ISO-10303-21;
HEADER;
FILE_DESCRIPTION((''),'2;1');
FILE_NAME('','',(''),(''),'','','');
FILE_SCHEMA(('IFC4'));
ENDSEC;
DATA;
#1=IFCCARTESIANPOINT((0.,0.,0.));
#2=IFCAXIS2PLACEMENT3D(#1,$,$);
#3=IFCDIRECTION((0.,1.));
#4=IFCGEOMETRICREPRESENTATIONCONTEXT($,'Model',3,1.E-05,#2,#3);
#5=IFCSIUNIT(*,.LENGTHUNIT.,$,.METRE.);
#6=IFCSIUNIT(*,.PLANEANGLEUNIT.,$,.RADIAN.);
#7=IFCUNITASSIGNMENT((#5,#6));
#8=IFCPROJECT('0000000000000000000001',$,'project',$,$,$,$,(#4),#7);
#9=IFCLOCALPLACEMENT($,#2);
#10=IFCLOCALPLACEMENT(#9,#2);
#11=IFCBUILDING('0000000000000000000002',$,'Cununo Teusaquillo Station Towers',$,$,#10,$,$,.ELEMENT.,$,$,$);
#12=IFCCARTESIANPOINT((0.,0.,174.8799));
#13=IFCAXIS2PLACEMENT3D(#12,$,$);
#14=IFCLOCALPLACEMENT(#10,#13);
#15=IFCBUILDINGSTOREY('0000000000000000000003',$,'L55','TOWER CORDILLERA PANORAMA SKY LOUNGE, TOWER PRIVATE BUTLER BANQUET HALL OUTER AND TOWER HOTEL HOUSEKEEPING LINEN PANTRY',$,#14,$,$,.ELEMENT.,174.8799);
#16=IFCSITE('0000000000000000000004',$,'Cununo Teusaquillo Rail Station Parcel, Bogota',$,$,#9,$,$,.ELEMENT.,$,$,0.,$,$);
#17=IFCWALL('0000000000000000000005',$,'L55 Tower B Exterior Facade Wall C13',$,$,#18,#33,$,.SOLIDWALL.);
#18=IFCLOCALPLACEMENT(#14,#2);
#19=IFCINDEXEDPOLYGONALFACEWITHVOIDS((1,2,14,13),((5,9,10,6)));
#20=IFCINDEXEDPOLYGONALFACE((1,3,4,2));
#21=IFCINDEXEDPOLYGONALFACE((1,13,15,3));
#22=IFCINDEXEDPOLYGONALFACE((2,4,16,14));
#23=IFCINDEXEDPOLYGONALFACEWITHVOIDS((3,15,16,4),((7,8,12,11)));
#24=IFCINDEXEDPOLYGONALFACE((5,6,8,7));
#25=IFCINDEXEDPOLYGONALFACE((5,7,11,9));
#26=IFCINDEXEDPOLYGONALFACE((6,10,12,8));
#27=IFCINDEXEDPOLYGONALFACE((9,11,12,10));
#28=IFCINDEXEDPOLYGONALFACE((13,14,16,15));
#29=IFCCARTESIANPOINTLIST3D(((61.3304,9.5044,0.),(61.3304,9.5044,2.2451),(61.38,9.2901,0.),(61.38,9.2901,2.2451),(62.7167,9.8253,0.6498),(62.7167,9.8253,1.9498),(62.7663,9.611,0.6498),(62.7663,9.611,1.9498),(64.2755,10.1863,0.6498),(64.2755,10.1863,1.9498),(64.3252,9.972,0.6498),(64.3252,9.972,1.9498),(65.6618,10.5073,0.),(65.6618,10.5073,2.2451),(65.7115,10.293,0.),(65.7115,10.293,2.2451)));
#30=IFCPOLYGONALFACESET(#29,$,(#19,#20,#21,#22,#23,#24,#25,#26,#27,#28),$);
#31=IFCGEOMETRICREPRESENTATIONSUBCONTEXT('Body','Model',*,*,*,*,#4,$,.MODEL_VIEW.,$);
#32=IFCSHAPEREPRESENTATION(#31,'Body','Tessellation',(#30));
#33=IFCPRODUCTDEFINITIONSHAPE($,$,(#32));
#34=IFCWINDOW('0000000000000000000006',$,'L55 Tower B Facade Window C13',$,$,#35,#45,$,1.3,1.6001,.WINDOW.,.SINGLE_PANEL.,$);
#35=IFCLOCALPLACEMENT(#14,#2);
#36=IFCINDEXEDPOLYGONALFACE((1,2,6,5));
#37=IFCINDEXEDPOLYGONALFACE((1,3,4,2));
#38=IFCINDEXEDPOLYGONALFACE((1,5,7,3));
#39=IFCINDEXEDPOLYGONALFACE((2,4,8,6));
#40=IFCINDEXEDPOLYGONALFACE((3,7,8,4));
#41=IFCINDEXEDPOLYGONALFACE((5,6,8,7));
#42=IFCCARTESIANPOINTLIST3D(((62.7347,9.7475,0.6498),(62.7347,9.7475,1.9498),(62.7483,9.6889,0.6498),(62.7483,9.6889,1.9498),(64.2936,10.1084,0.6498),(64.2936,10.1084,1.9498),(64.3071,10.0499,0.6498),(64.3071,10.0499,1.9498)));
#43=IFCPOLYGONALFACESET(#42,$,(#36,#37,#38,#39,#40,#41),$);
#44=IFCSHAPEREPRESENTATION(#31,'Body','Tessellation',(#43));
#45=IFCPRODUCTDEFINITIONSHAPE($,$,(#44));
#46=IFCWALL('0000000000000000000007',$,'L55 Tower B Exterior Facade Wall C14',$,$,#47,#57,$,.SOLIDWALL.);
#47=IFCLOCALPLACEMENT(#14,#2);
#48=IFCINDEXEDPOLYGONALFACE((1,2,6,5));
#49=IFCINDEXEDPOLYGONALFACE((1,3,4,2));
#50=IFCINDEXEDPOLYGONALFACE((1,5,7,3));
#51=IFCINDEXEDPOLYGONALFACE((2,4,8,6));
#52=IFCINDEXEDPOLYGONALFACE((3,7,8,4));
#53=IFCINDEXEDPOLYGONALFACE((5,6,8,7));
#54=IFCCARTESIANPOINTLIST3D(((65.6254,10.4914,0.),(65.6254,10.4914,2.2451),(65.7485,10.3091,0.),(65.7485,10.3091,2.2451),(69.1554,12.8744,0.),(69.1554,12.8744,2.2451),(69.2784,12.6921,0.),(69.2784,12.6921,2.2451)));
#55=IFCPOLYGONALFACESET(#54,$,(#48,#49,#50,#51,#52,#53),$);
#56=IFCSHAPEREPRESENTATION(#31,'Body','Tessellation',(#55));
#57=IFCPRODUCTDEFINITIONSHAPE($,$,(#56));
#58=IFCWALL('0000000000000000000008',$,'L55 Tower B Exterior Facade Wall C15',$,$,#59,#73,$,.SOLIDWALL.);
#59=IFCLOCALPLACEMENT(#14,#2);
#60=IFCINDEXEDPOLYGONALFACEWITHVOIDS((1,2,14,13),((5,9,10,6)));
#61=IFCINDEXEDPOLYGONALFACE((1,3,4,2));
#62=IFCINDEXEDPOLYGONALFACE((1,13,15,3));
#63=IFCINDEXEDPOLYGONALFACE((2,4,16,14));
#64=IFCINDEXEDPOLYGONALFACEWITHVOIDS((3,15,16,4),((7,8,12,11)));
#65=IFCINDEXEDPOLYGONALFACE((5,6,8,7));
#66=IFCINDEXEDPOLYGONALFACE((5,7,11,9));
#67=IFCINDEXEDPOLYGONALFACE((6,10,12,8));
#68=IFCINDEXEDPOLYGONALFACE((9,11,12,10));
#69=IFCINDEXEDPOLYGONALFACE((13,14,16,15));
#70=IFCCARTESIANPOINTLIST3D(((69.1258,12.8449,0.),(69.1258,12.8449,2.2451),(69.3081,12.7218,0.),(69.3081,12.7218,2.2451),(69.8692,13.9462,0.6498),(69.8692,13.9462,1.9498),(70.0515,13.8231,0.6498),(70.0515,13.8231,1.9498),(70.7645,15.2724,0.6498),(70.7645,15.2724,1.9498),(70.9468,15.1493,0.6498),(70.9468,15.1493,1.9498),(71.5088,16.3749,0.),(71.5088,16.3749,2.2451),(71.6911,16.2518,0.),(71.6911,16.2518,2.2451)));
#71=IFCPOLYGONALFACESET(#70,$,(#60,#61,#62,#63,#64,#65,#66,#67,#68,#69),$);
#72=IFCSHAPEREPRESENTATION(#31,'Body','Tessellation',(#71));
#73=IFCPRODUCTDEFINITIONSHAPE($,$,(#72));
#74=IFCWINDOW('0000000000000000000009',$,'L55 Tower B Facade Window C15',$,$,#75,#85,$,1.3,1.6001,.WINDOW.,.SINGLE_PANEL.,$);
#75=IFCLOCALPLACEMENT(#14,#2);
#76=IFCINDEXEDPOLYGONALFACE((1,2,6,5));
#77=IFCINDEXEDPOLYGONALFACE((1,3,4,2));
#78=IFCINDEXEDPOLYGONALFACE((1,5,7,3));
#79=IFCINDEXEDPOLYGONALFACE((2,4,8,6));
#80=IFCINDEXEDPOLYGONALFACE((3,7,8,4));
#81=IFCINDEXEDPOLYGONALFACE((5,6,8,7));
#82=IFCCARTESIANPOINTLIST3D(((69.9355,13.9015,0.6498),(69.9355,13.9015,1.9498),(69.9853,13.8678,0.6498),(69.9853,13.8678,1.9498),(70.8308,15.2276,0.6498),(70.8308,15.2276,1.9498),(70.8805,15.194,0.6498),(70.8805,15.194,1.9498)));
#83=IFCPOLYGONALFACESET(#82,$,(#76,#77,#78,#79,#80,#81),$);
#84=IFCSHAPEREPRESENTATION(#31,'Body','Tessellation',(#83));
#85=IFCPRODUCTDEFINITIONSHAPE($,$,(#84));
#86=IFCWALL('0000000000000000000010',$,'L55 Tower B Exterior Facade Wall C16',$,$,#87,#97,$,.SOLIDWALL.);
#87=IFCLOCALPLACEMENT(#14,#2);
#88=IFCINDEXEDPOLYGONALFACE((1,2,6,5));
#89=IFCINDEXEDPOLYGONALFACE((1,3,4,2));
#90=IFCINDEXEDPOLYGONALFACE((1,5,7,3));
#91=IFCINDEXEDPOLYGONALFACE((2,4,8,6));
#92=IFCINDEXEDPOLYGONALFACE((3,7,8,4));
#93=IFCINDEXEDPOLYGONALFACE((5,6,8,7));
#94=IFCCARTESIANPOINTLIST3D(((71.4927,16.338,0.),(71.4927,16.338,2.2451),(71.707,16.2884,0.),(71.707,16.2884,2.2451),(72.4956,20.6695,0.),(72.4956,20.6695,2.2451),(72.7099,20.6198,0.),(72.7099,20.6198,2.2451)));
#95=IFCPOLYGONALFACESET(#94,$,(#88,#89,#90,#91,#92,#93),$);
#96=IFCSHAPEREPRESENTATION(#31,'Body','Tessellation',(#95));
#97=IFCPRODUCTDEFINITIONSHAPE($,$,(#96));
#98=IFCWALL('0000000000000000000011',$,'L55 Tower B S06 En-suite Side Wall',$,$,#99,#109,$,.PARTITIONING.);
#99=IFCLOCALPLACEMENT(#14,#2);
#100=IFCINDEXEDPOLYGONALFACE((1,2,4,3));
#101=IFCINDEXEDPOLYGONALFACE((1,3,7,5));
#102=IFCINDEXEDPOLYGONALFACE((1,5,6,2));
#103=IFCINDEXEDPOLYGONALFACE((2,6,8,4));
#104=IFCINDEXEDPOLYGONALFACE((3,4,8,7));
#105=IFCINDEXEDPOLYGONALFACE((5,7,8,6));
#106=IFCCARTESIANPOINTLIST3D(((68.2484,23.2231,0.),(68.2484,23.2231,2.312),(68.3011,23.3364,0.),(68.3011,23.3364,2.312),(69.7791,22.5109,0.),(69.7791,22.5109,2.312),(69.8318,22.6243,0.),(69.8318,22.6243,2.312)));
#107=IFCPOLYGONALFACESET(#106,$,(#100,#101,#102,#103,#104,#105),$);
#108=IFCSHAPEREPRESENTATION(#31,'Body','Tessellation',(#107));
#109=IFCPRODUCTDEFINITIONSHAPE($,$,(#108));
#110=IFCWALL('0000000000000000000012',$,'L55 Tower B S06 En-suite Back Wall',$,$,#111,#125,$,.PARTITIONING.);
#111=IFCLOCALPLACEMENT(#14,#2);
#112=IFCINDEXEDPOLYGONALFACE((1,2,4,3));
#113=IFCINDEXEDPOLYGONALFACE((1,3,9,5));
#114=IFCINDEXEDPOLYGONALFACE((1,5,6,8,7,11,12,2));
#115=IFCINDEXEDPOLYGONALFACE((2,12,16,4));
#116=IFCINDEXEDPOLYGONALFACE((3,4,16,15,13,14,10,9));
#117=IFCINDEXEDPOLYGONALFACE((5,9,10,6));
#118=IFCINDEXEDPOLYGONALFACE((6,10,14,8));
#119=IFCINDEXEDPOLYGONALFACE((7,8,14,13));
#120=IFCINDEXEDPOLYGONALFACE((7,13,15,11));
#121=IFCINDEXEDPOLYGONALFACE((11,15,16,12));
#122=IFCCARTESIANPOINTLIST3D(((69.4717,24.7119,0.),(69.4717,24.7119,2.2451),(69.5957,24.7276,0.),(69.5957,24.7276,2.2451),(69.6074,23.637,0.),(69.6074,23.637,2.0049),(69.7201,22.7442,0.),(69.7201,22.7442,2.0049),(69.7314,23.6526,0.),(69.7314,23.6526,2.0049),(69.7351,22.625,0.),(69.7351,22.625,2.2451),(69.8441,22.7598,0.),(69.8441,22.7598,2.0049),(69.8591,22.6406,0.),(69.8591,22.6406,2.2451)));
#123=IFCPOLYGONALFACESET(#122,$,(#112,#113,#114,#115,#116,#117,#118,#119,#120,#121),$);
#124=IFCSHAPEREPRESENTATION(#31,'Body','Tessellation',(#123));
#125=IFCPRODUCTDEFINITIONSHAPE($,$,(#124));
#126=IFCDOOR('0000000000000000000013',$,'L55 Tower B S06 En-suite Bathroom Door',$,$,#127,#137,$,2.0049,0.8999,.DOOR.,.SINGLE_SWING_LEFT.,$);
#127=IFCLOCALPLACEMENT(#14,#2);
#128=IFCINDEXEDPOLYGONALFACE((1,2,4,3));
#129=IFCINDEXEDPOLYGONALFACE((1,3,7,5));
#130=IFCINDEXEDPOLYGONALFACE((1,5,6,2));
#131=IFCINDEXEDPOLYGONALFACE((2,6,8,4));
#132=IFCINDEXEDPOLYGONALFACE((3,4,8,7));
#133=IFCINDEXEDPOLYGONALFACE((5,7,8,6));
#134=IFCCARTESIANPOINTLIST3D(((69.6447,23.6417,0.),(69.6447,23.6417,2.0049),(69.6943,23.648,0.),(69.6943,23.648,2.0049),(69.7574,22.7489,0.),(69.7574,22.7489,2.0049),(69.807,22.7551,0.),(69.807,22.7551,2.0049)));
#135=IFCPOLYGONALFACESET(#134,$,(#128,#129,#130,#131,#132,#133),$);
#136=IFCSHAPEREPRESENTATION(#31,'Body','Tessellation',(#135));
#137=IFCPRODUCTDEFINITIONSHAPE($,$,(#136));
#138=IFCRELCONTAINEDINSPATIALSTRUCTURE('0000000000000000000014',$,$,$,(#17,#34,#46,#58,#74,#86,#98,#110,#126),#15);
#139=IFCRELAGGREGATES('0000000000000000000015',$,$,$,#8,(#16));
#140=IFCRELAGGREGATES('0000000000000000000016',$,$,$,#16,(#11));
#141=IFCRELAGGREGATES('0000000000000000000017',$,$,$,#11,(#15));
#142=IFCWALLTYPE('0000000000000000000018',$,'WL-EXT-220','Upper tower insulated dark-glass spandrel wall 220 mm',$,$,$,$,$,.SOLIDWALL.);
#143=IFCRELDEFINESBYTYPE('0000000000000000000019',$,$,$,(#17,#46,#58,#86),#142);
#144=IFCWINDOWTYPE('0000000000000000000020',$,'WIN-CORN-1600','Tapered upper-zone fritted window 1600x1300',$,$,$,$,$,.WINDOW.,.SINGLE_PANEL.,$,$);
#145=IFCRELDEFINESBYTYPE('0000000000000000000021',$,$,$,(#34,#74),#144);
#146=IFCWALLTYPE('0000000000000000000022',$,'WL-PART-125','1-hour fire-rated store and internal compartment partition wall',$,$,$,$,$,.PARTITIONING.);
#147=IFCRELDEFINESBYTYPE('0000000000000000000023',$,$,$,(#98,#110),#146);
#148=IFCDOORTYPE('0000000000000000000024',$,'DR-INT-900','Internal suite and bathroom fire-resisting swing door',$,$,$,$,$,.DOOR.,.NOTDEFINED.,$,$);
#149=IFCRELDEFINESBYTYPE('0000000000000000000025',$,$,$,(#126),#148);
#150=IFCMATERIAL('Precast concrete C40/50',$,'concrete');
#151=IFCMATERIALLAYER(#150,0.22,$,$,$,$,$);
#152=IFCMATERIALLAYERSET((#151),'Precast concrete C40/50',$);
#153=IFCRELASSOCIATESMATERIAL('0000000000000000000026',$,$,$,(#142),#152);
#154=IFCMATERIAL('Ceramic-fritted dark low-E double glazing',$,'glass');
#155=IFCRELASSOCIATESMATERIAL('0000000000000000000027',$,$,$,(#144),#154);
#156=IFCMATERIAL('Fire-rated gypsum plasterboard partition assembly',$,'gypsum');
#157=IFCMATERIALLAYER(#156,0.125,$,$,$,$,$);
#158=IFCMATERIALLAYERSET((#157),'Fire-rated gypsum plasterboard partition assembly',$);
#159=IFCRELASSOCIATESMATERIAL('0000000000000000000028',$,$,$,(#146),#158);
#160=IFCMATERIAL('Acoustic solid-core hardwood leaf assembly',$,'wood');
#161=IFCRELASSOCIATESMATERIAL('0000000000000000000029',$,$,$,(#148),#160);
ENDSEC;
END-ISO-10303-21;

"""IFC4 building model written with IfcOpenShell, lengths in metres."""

from ifc_helpers import new_model, si_unit, direction, frame, frame_2d, origin, place, context, subcontext, project, spatial, rectangle, extrude, source, transform, mapped, material, layer, layer_set, type_object, element, fill, save


model = new_model("IFC4")

# Units and contexts
model_context = context("Model", 3, precision=1e-05, world=origin(), true_north=direction((0.0, 1.0)))
body_context = subcontext(model_context, "Body", "Model", "MODEL_VIEW")
ifc_project = project(units=[si_unit("LENGTHUNIT", "METRE"), si_unit("PLANEANGLEUNIT", "RADIAN")], contexts=[model_context])

# Site, building, storey
site_placement = place(None, origin())
site = spatial("IfcSite", under=ifc_project, at=site_placement, Name="Cununo Teusaquillo Rail Station Parcel, Bogota", CompositionType="ELEMENT", RefElevation=0.0)
building_placement = place(site_placement, origin())
building = spatial("IfcBuilding", under=site, at=building_placement, Name="Cununo Teusaquillo Station Towers", CompositionType="ELEMENT")
storey_placement = place(building_placement, frame((0.0, 0.0, 174.8799)))
storey = spatial("IfcBuildingStorey", under=building, at=storey_placement, Name="L55", Description="TOWER CORDILLERA PANORAMA SKY LOUNGE, TOWER PRIVATE BUTLER BANQUET HALL OUTER AND TOWER HOTEL HOUSEKEEPING LINEN PANTRY", CompositionType="ELEMENT", Elevation=174.8799)

# Wall, opening, window
ifc_material_1 = material(Name="Precast concrete C40/50", Category="concrete")
ifc_layer_1 = layer(ifc_material_1, 0.22)
ifc_layer_set_1 = layer_set([ifc_layer_1], Name="Precast concrete C40/50")
wall_type_1 = type_object("IfcWallType", Name="WL-EXT-220", Description="Upper tower insulated dark-glass spandrel wall 220 mm", PredefinedType="SOLIDWALL", material=ifc_layer_set_1)
wall_1_placement = place(storey_placement, frame((65.6868, 10.4001, 0.0), z_axis=(0.0, 0.0, 1.0), x_axis=(-0.974226, -0.225573, 0.0)))
wall_1 = element("IfcWall", 1, at=wall_1_placement, inside=storey, type_object=wall_type_1, Name="L55 Tower B Exterior Facade Wall C13", PredefinedType="SOLIDWALL", context=body_context, shape_type="SweptSolid", body=[
    extrude(rectangle(XDim=4.446, YDim=0.22, at=frame_2d((2.2231, 0.0))), origin(), (0.0, 0.0, 1.0), 2.2451),
])
shared_shape_1 = source(origin(), body_context, "Body", "SweptSolid", [
    extrude(rectangle(XDim=1.6001, YDim=1.3, at=frame_2d((0.8, 0.6499))), frame((0.0, 0.1199, 0.0), z_axis=(0.0, -1.0, 0.0), x_axis=(1.0, 0.0, 0.0)), (0.0, 0.0, 1.0), 0.24),
])
opening_1_placement = place(wall_1_placement, frame((1.4231, 0.0, 0.6499)))
opening_1 = element("IfcOpeningElement", 2, at=opening_1_placement, cuts=wall_1, PredefinedType="OPENING", context=body_context, shape_type="MappedRepresentation", body=[
    mapped(shared_shape_1, transform((0.0, 0.0, 0.0), x_axis=(1.0, 0.0, 0.0), y_axis=(0.0, 1.0, 0.0), z_axis=(0.0, 0.0, 1.0), scale=1.0)),
])
ifc_material_2 = material(Name="Ceramic-fritted dark low-E double glazing", Category="glass")
window_type = type_object("IfcWindowType", Name="WIN-CORN-1600", Description="Tapered upper-zone fritted window 1600x1300", PartitioningType="SINGLE_PANEL", PredefinedType="WINDOW", material=ifc_material_2)
shared_shape_2 = source(origin(), body_context, "Body", "SweptSolid", [
    extrude(rectangle(XDim=1.6001, YDim=1.3, at=frame_2d((0.8, 0.6499))), frame((0.0, 0.03, 0.0), z_axis=(0.0, -1.0, 0.0), x_axis=(1.0, 0.0, 0.0)), (0.0, 0.0, 1.0), 0.0601),
])
window_1_placement = place(opening_1_placement, origin())
window_1 = element("IfcWindow", 3, at=window_1_placement, inside=storey, type_object=window_type, Name="L55 Tower B Facade Window C13", OverallHeight=1.3, OverallWidth=1.6001, PartitioningType="SINGLE_PANEL", PredefinedType="WINDOW", context=body_context, shape_type="MappedRepresentation", body=[
    mapped(shared_shape_2, transform((0.0, 0.0, 0.0), x_axis=(1.0, 0.0, 0.0), y_axis=(0.0, 1.0, 0.0), z_axis=(0.0, 0.0, 1.0), scale=1.0)),
])
fill(opening_1, window_1)

# Wall
wall_2_placement = place(storey_placement, frame((69.2168, 12.7832, 0.0), z_axis=(0.0, 0.0, 1.0), x_axis=(-0.828817, -0.559519, 0.0)))
element("IfcWall", 4, at=wall_2_placement, inside=storey, type_object=wall_type_1, Name="L55 Tower B Exterior Facade Wall C14", PredefinedType="SOLIDWALL", context=body_context, shape_type="SweptSolid", body=[
    extrude(rectangle(XDim=4.259, YDim=0.22, at=frame_2d((2.1294, 0.0))), origin(), (0.0, 0.0, 1.0), 2.2451),
])

# Wall, opening, window
wall_3_placement = place(storey_placement, frame((71.5999, 16.3132, 0.0), z_axis=(0.0, 0.0, 1.0), x_axis=(-0.559519, -0.828817, 0.0)))
wall_3 = element("IfcWall", 5, at=wall_3_placement, inside=storey, type_object=wall_type_1, Name="L55 Tower B Exterior Facade Wall C15", PredefinedType="SOLIDWALL", context=body_context, shape_type="SweptSolid", body=[
    extrude(rectangle(XDim=4.259, YDim=0.22, at=frame_2d((2.1294, 0.0))), origin(), (0.0, 0.0, 1.0), 2.2451),
])
opening_2_placement = place(wall_3_placement, frame((1.3301, 0.0, 0.6499)))
opening_2 = element("IfcOpeningElement", 6, at=opening_2_placement, cuts=wall_3, PredefinedType="OPENING", context=body_context, shape_type="MappedRepresentation", body=[
    mapped(shared_shape_1, transform((0.0, 0.0, 0.0), x_axis=(1.0, 0.0, 0.0), y_axis=(0.0, 1.0, 0.0), z_axis=(0.0, 0.0, 1.0), scale=1.0)),
])
window_2_placement = place(opening_2_placement, origin())
window_2 = element("IfcWindow", 7, at=window_2_placement, inside=storey, type_object=window_type, Name="L55 Tower B Facade Window C15", OverallHeight=1.3, OverallWidth=1.6001, PartitioningType="SINGLE_PANEL", PredefinedType="WINDOW", context=body_context, shape_type="MappedRepresentation", body=[
    mapped(shared_shape_2, transform((0.0, 0.0, 0.0), x_axis=(1.0, 0.0, 0.0), y_axis=(0.0, 1.0, 0.0), z_axis=(0.0, 0.0, 1.0), scale=1.0)),
])
fill(opening_2, window_2)

# Walls
wall_4_placement = place(storey_placement, frame((72.6028, 20.6448, 0.0), z_axis=(0.0, 0.0, 1.0), x_axis=(-0.225573, -0.974226, 0.0)))
element("IfcWall", 8, at=wall_4_placement, inside=storey, type_object=wall_type_1, Name="L55 Tower B Exterior Facade Wall C16", PredefinedType="SOLIDWALL", context=body_context, shape_type="SweptSolid", body=[
    extrude(rectangle(XDim=4.446, YDim=0.22, at=frame_2d((2.2231, 0.0))), origin(), (0.0, 0.0, 1.0), 2.2451),
])
ifc_material_3 = material(Name="Fire-rated gypsum plasterboard partition assembly", Category="gypsum")
ifc_layer_2 = layer(ifc_material_3, 0.125)
ifc_layer_set_2 = layer_set([ifc_layer_2], Name="Fire-rated gypsum plasterboard partition assembly")
wall_type_2 = type_object("IfcWallType", Name="WL-PART-125", Description="1-hour fire-rated store and internal compartment partition wall", PredefinedType="PARTITIONING", material=ifc_layer_set_2)
wall_5_placement = place(storey_placement, frame((68.2747, 23.2798, 0.0), z_axis=(0.0, 0.0, 1.0), x_axis=(0.906681, -0.421816, 0.0)))
element("IfcWall", 9, at=wall_5_placement, inside=storey, type_object=wall_type_2, Name="L55 Tower B S06 En-suite Side Wall", PredefinedType="PARTITIONING", context=body_context, shape_type="SweptSolid", body=[
    extrude(rectangle(XDim=1.6882, YDim=0.125, at=frame_2d((0.8442, 0.0))), origin(), (0.0, 0.0, 1.0), 2.312),
])

# Wall, opening, door
wall_6_placement = place(storey_placement, frame((69.7971, 22.6328, 0.0), z_axis=(0.0, 0.0, 1.0), x_axis=(-0.125235, 0.992127, 0.0)))
wall_6 = element("IfcWall", 10, at=wall_6_placement, inside=storey, type_object=wall_type_2, Name="L55 Tower B S06 En-suite Back Wall", PredefinedType="PARTITIONING", context=body_context, shape_type="SweptSolid", body=[
    extrude(rectangle(XDim=2.1035, YDim=0.125, at=frame_2d((1.0518, 0.0))), origin(), (0.0, 0.0, 1.0), 2.2451),
])
shared_shape_3 = source(origin(), body_context, "Body", "SweptSolid", [
    extrude(rectangle(XDim=0.8999, YDim=2.0049, at=frame_2d((0.45, 1.0024))), frame((0.0, 0.0725, 0.0), z_axis=(0.0, -1.0, 0.0), x_axis=(1.0, 0.0, 0.0)), (0.0, 0.0, 1.0), 0.145),
])
opening_3_placement = place(wall_6_placement, frame((0.1201, 0.0, 0.0)))
opening_3 = element("IfcOpeningElement", 11, at=opening_3_placement, cuts=wall_6, PredefinedType="OPENING", context=body_context, shape_type="MappedRepresentation", body=[
    mapped(shared_shape_3, transform((0.0, 0.0, 0.0), x_axis=(1.0, 0.0, 0.0), y_axis=(0.0, 1.0, 0.0), z_axis=(0.0, 0.0, 1.0), scale=1.0)),
])
ifc_material_4 = material(Name="Acoustic solid-core hardwood leaf assembly", Category="wood")
door_type_1 = type_object("IfcDoorType", Name="DR-INT-900", Description="Internal suite and bathroom fire-resisting swing door", OperationType="NOTDEFINED", PredefinedType="DOOR", material=ifc_material_4)
shared_shape_4 = source(origin(), body_context, "Body", "SweptSolid", [
    extrude(rectangle(XDim=0.8999, YDim=2.0049, at=frame_2d((0.45, 1.0024))), frame((0.0, 0.0249, 0.0), z_axis=(0.0, -1.0, 0.0), x_axis=(1.0, 0.0, 0.0)), (0.0, 0.0, 1.0), 0.05),
])
door_1_placement = place(opening_3_placement, origin())
door_1 = element("IfcDoor", 12, at=door_1_placement, inside=storey, type_object=door_type_1, Name="L55 Tower B S06 En-suite Bathroom Door", OperationType="SINGLE_SWING_LEFT", OverallHeight=2.0049, OverallWidth=0.8999, PredefinedType="DOOR", context=body_context, shape_type="MappedRepresentation", body=[
    mapped(shared_shape_4, transform((0.0, 0.0, 0.0), x_axis=(1.0, 0.0, 0.0), y_axis=(0.0, 1.0, 0.0), z_axis=(0.0, 0.0, 1.0), scale=1.0)),
])
fill(opening_3, door_1)

save(model, "model.ifc")
